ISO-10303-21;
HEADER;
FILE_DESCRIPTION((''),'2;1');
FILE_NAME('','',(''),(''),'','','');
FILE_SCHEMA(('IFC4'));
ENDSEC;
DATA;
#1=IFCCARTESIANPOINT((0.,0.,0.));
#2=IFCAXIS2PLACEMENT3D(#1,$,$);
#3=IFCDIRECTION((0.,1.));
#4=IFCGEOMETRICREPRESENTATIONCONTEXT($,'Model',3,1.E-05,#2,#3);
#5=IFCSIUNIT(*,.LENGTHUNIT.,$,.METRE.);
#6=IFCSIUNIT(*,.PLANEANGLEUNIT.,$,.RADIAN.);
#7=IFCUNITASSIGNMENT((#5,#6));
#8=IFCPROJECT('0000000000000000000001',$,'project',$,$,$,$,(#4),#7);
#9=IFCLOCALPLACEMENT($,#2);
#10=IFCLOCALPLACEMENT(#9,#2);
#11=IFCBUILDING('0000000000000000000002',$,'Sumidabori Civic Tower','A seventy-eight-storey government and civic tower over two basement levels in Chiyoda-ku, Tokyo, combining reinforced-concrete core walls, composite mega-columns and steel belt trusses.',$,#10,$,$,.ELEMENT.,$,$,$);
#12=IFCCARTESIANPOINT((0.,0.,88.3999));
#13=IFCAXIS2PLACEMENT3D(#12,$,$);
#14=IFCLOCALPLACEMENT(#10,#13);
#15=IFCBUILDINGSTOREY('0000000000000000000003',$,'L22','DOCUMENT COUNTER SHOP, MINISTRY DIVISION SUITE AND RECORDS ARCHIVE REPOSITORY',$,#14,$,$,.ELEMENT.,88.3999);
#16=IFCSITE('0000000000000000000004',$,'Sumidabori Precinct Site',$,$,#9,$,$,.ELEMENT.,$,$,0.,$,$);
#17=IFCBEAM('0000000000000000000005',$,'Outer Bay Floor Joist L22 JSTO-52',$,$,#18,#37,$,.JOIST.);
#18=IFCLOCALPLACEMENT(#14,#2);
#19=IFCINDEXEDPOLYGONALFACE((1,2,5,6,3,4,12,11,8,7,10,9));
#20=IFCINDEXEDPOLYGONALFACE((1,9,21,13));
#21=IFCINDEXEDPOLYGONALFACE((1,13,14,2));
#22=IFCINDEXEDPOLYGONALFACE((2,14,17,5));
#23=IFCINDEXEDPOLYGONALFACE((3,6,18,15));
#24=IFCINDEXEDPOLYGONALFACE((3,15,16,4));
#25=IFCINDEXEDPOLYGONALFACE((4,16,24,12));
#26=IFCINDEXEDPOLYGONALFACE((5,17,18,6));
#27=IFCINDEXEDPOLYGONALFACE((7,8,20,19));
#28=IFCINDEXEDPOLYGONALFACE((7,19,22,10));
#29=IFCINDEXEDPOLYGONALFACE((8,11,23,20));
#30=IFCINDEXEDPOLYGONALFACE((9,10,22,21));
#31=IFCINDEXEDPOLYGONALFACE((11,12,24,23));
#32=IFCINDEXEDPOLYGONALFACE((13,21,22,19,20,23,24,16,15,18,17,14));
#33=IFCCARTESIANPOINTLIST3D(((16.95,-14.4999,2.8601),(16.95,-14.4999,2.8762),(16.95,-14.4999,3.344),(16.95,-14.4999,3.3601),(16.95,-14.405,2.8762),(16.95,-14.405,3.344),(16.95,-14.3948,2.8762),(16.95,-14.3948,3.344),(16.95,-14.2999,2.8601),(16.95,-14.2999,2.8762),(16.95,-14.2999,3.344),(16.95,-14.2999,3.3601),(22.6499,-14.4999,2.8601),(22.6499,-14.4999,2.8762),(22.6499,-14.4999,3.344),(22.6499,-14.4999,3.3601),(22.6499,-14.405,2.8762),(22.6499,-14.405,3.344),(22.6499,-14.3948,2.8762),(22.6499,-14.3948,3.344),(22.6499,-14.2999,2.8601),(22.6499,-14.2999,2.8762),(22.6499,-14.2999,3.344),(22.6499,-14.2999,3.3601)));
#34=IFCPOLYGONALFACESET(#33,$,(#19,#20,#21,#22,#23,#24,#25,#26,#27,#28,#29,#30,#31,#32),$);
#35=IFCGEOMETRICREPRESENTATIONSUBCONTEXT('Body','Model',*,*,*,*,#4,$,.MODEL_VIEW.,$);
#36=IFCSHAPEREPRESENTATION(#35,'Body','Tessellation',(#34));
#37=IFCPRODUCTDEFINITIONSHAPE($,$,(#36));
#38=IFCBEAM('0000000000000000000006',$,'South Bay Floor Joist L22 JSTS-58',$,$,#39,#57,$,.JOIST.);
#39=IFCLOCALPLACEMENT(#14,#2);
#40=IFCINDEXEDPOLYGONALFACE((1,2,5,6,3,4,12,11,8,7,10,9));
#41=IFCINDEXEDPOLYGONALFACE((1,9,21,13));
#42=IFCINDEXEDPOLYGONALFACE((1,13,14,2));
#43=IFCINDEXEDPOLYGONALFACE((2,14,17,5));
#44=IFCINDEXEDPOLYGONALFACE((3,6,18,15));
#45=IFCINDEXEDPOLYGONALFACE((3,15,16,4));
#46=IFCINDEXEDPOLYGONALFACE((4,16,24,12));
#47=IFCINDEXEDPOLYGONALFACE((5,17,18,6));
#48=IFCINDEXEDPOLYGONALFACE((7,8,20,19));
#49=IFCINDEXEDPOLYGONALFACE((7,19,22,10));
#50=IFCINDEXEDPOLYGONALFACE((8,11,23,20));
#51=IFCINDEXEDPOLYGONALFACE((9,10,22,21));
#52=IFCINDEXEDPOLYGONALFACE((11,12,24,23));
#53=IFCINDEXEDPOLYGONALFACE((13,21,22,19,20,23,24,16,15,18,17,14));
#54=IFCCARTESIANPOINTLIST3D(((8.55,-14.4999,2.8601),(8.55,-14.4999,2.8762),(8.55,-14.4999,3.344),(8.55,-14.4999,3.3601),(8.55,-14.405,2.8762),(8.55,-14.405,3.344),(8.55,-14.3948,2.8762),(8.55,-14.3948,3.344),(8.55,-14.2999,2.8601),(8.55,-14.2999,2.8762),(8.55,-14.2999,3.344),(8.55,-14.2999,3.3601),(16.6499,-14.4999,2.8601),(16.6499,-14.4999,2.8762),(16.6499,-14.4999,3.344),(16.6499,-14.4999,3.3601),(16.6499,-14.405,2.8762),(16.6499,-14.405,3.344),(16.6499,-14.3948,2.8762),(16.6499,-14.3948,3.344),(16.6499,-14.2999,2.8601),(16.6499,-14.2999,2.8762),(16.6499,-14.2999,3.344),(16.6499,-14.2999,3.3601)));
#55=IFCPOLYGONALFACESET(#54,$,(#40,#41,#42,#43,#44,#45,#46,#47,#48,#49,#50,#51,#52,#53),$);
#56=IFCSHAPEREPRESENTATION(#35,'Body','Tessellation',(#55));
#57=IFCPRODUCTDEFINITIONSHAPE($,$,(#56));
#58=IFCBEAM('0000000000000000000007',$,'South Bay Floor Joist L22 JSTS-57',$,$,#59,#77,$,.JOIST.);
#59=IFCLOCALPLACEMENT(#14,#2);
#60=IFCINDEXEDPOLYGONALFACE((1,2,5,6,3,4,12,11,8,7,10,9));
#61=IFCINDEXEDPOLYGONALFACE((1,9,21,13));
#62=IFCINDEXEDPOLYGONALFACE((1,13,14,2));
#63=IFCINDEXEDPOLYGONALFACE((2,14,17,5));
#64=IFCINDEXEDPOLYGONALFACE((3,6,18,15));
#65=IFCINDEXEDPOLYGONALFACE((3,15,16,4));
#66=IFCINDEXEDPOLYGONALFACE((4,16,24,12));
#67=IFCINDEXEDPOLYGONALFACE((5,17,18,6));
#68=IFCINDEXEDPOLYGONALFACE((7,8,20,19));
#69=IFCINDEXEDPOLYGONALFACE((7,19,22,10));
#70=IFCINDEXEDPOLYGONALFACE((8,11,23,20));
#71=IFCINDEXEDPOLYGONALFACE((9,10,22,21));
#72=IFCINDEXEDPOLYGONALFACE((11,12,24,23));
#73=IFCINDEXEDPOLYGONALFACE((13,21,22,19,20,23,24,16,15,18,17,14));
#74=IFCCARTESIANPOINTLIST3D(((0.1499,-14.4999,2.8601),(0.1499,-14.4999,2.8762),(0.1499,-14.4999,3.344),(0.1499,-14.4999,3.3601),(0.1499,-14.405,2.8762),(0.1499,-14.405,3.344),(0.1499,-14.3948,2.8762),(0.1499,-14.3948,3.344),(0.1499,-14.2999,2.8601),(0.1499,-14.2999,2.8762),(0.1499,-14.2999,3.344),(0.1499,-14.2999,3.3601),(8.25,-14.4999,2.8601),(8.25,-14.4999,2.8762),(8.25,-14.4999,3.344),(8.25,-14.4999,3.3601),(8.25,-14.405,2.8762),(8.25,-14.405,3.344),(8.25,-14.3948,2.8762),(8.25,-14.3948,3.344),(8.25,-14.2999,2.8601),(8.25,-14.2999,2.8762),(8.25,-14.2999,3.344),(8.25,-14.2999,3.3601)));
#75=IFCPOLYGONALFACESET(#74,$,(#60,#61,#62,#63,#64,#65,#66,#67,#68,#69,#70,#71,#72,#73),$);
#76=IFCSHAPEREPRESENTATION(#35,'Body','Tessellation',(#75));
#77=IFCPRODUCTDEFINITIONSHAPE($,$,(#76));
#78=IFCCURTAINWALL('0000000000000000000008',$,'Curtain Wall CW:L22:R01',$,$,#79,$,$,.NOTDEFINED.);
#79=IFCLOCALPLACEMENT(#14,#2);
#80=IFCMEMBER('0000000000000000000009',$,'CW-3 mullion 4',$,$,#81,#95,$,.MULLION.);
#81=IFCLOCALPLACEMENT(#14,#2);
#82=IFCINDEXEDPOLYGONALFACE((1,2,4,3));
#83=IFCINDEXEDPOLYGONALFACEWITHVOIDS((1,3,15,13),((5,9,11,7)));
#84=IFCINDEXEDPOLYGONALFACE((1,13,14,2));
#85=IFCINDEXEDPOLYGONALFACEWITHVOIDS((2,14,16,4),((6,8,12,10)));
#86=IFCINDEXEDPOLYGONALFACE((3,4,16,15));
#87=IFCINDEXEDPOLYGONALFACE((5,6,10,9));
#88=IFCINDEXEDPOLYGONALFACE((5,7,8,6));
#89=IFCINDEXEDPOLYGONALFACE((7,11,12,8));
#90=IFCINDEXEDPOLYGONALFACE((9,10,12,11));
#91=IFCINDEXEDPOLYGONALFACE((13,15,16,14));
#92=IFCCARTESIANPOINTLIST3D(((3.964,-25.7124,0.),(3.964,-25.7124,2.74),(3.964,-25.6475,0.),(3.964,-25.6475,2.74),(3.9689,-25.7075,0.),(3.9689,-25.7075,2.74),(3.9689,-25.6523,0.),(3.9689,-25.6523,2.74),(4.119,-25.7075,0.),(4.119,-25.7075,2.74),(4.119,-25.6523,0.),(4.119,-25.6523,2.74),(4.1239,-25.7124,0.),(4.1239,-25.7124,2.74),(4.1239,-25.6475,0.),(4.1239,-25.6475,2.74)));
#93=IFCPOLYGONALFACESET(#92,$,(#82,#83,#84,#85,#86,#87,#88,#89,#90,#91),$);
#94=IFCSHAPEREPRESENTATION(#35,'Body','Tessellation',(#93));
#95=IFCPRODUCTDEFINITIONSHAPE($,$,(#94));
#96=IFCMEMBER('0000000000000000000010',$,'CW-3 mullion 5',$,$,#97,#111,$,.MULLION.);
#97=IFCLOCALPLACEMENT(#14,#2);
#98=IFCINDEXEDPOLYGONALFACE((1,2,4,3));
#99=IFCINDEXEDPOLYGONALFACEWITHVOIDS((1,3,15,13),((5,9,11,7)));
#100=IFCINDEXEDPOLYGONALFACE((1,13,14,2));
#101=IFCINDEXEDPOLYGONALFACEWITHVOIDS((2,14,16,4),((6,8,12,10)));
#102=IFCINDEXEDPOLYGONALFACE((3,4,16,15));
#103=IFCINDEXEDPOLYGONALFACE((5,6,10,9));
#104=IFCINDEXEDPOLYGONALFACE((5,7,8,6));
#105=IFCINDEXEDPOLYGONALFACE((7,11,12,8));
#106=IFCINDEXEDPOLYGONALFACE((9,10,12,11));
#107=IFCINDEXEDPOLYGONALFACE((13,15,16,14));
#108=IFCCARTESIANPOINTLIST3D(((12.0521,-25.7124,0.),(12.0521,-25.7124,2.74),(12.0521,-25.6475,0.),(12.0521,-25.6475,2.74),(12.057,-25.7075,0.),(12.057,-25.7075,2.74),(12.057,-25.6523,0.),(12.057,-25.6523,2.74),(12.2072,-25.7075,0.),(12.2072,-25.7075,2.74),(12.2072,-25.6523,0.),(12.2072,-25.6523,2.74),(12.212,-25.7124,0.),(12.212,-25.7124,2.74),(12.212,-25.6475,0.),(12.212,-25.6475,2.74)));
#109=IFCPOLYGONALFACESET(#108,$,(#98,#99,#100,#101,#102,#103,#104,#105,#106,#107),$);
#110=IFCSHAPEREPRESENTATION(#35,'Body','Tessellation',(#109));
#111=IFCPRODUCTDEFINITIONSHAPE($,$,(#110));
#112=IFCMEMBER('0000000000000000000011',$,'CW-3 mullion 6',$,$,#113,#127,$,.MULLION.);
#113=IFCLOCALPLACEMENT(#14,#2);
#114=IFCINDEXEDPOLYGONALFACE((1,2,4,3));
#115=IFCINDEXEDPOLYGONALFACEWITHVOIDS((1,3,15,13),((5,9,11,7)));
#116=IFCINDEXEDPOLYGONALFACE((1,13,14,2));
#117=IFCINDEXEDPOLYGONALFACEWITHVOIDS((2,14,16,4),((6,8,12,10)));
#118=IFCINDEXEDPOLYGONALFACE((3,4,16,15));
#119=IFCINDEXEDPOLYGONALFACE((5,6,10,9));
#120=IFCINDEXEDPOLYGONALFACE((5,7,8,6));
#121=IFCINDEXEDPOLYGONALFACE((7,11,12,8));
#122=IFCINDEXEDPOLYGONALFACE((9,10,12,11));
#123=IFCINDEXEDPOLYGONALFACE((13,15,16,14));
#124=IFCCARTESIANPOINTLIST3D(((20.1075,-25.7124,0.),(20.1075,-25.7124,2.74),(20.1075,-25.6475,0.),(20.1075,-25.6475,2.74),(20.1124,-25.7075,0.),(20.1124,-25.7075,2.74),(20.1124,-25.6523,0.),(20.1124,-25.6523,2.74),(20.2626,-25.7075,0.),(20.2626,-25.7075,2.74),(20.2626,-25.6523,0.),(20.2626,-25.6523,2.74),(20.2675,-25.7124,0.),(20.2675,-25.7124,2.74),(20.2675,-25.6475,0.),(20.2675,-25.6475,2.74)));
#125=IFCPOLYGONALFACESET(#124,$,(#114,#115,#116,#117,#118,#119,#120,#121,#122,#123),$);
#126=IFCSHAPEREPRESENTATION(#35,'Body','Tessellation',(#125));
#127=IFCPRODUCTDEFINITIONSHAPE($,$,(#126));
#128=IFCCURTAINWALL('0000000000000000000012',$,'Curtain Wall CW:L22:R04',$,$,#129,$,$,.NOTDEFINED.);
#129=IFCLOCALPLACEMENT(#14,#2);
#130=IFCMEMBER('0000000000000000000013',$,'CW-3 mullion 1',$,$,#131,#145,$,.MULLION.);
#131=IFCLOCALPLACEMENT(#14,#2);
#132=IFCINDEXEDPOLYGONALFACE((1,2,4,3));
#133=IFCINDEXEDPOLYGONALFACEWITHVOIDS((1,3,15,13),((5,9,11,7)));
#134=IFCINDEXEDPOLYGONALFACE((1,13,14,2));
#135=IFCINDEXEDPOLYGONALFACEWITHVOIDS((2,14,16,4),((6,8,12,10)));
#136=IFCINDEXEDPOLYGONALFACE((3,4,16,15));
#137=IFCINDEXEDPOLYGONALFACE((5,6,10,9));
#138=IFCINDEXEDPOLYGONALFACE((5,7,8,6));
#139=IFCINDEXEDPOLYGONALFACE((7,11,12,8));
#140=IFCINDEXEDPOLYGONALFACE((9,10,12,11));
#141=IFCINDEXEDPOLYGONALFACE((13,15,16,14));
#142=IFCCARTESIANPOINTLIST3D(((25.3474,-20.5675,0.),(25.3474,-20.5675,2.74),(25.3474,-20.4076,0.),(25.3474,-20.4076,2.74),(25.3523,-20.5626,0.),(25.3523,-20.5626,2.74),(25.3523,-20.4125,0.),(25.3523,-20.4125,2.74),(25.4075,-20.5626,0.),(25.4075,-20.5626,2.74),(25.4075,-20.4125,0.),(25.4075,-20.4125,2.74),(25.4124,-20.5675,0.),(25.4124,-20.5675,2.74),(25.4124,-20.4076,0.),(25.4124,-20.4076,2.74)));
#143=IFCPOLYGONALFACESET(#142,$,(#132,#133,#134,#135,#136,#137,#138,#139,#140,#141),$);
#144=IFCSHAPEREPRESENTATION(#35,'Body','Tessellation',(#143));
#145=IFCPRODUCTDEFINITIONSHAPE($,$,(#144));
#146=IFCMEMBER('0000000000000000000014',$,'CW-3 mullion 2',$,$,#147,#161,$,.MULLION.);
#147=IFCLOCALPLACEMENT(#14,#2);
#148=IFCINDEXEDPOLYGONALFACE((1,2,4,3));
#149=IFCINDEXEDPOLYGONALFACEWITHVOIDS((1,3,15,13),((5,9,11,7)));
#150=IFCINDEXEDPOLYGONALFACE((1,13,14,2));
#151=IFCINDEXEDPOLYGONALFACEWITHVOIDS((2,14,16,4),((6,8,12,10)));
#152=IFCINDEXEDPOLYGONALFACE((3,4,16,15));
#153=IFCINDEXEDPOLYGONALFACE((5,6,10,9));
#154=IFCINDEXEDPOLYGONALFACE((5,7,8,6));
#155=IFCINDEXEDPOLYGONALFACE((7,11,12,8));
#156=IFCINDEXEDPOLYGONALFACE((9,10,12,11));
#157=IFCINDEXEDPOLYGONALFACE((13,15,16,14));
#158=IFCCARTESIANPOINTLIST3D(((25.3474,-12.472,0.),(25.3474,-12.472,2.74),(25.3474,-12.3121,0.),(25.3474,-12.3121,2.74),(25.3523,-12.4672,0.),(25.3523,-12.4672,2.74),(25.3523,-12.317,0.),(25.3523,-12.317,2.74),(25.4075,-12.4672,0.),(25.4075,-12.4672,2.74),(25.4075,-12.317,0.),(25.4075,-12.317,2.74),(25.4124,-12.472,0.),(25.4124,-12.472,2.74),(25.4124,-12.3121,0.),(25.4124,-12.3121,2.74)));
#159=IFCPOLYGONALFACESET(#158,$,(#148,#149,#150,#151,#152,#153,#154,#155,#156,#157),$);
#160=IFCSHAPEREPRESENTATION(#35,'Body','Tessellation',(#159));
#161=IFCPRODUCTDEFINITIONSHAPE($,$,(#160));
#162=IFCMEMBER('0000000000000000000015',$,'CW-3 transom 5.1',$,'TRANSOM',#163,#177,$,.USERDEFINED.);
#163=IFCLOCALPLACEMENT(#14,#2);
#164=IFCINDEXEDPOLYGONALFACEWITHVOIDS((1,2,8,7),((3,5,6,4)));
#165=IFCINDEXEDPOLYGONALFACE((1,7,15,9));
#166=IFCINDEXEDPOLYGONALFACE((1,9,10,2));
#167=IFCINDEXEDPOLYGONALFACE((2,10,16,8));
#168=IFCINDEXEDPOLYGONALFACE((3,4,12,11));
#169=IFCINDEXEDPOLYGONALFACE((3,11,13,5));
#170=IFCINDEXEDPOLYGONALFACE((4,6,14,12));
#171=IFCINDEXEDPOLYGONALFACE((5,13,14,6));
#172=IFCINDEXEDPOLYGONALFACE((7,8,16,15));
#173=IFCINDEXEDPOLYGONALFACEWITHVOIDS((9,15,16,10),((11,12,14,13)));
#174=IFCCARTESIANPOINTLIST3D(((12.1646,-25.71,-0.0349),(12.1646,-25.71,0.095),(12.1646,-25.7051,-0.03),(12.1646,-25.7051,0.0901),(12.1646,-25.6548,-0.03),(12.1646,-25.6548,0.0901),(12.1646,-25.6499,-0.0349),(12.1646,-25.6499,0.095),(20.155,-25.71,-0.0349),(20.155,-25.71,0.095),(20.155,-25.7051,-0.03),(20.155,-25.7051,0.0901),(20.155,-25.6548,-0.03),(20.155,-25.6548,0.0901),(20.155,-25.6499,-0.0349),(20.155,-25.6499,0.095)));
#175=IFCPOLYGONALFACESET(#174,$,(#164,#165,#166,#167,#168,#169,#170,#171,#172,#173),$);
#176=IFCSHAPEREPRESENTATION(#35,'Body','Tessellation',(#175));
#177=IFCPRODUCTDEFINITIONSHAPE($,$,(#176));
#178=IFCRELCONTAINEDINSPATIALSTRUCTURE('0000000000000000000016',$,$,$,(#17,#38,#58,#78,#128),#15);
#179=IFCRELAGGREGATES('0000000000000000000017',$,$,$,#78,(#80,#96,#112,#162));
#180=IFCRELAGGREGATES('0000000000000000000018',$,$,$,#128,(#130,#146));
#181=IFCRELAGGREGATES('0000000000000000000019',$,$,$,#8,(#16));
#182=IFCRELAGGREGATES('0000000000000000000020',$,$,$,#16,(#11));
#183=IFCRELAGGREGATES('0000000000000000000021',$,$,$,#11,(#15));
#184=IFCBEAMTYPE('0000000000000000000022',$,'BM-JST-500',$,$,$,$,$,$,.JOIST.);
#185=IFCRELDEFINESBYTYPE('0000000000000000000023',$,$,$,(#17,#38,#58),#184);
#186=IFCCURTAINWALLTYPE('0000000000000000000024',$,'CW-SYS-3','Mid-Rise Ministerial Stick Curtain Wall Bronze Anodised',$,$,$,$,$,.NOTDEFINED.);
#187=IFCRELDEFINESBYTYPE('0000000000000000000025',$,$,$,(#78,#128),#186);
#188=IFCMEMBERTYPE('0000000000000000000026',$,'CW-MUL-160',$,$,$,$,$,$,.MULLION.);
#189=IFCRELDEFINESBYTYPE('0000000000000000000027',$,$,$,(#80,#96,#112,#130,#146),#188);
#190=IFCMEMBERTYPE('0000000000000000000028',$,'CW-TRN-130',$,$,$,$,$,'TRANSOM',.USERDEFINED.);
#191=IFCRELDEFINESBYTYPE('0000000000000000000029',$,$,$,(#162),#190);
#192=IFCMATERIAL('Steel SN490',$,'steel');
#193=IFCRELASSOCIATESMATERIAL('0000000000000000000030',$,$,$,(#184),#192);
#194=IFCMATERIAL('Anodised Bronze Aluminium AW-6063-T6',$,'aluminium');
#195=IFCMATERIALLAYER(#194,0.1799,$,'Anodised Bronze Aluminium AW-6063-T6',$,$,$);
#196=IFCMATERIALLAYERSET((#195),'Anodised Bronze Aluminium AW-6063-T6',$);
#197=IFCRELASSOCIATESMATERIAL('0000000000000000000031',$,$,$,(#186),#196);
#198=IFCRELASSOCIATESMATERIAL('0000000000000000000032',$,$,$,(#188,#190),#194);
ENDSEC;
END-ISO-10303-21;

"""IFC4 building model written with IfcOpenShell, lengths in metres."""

from ifc_helpers import new_model, si_unit, direction, frame, origin, origin_2d, place, context, subcontext, project, spatial, hollow_rectangle, i_section, extrude, source, transform, mapped, material, layer, layer_set, material_profile, profile_set, type_object, element, aggregate, save


model = new_model("IFC4")

# Units and contexts
model_context = context("Model", 3, precision=1e-05, world=origin(), true_north=direction((0.0, 1.0)))
body_context = subcontext(model_context, "Body", "Model", "MODEL_VIEW")
ifc_project = project(units=[si_unit("LENGTHUNIT", "METRE"), si_unit("PLANEANGLEUNIT", "RADIAN")], contexts=[model_context])

# Site, building, storey
site_placement = place(None, origin())
site = spatial("IfcSite", under=ifc_project, at=site_placement, Name="Sumidabori Precinct Site", CompositionType="ELEMENT", RefElevation=0.0)
building_placement = place(site_placement, origin())
building = spatial("IfcBuilding", under=site, at=building_placement, Name="Sumidabori Civic Tower", Description="A seventy-eight-storey government and civic tower over two basement levels in Chiyoda-ku, Tokyo, combining reinforced-concrete core walls, composite mega-columns and steel belt trusses.", CompositionType="ELEMENT")
storey_placement = place(building_placement, frame((0.0, 0.0, 88.3999)))
storey = spatial("IfcBuildingStorey", under=building, at=storey_placement, Name="L22", Description="DOCUMENT COUNTER SHOP, MINISTRY DIVISION SUITE AND RECORDS ARCHIVE REPOSITORY", CompositionType="ELEMENT", Elevation=88.3999)

# Beams
ifc_material_1 = material(Name="Steel SN490", Category="steel")
ifc_material_profile_1 = material_profile(ifc_material_1, i_section(OverallWidth=0.2, OverallDepth=0.5, WebThickness=0.0103, FlangeThickness=0.0161, at=origin_2d()), Name="IPE 500")
ifc_profile_set_1 = profile_set([ifc_material_profile_1], Name="Steel SN490")
beam_type_1 = type_object("IfcBeamType", Name="BM-JST-500", PredefinedType="JOIST", material=ifc_profile_set_1)
shared_shape_1 = source(origin(), body_context, "Body", "SweptSolid", [
    extrude(i_section(OverallWidth=0.2, OverallDepth=0.5, WebThickness=0.0103, FlangeThickness=0.0161, at=origin_2d()), origin(), (0.0, 0.0, 1.0), 5.7),
])
beam_1_placement = place(storey_placement, frame((16.95, -14.3999, 3.1101), z_axis=(1.0, 0.0, 0.0), x_axis=(0.0, 1.0, 0.0)))
element("IfcBeam", 1, at=beam_1_placement, inside=storey, type_object=beam_type_1, Name="Outer Bay Floor Joist L22 JSTO-52", PredefinedType="JOIST", context=body_context, shape_type="MappedRepresentation", body=[
    mapped(shared_shape_1, transform((0.0, 0.0, 0.0), x_axis=(1.0, 0.0, 0.0), y_axis=(0.0, 1.0, 0.0), z_axis=(0.0, 0.0, 1.0), scale=1.0)),
])
shared_shape_2 = source(origin(), body_context, "Body", "SweptSolid", [
    extrude(i_section(OverallWidth=0.2, OverallDepth=0.5, WebThickness=0.0103, FlangeThickness=0.0161, at=origin_2d()), origin(), (0.0, 0.0, 1.0), 8.0999),
])
beam_2_placement = place(storey_placement, frame((8.55, -14.3999, 3.1101), z_axis=(1.0, 0.0, 0.0), x_axis=(0.0, 1.0, 0.0)))
element("IfcBeam", 2, at=beam_2_placement, inside=storey, type_object=beam_type_1, Name="South Bay Floor Joist L22 JSTS-58", PredefinedType="JOIST", context=body_context, shape_type="MappedRepresentation", body=[
    mapped(shared_shape_2, transform((0.0, 0.0, 0.0), x_axis=(1.0, 0.0, 0.0), y_axis=(0.0, 1.0, 0.0), z_axis=(0.0, 0.0, 1.0), scale=1.0)),
])
shared_shape_3 = source(origin(), body_context, "Body", "SweptSolid", [
    extrude(i_section(OverallWidth=0.2, OverallDepth=0.5, WebThickness=0.0103, FlangeThickness=0.0161, at=origin_2d()), origin(), (0.0, 0.0, 1.0), 8.1001),
])
beam_3_placement = place(storey_placement, frame((0.1499, -14.3999, 3.1101), z_axis=(1.0, 0.0, 0.0), x_axis=(0.0, 1.0, 0.0)))
element("IfcBeam", 3, at=beam_3_placement, inside=storey, type_object=beam_type_1, Name="South Bay Floor Joist L22 JSTS-57", PredefinedType="JOIST", context=body_context, shape_type="MappedRepresentation", body=[
    mapped(shared_shape_3, transform((0.0, 0.0, 0.0), x_axis=(1.0, 0.0, 0.0), y_axis=(0.0, 1.0, 0.0), z_axis=(0.0, 0.0, 1.0), scale=1.0)),
])

# Curtain walls, members
ifc_material_2 = material(Name="Anodised Bronze Aluminium AW-6063-T6", Category="aluminium")
ifc_layer_1 = layer(ifc_material_2, 0.1799, Name="Anodised Bronze Aluminium AW-6063-T6")
ifc_layer_set_1 = layer_set([ifc_layer_1], Name="Anodised Bronze Aluminium AW-6063-T6")
curtain_wall_type = type_object("IfcCurtainWallType", Name="CW-SYS-3", Description="Mid-Rise Ministerial Stick Curtain Wall Bronze Anodised", PredefinedType="NOTDEFINED", material=ifc_layer_set_1)
curtain_wall_1_placement = place(storey_placement, origin())
curtain_wall_1 = element("IfcCurtainWall", 4, at=curtain_wall_1_placement, inside=storey, type_object=curtain_wall_type, Name="Curtain Wall CW:L22:R01", PredefinedType="NOTDEFINED")
ifc_material_profile_2 = material_profile(ifc_material_2, hollow_rectangle(XDim=0.0649, YDim=0.1599, WallThickness=0.0049, at=origin_2d()), Name="ALU MULLION 160x65")
ifc_profile_set_2 = profile_set([ifc_material_profile_2], Name="Anodised Bronze Aluminium AW-6063-T6")
member_type_1 = type_object("IfcMemberType", Name="CW-MUL-160", PredefinedType="MULLION", material=ifc_profile_set_2)
shared_shape_4 = source(origin(), body_context, "Body", "SweptSolid", [
    extrude(hollow_rectangle(XDim=0.0649, YDim=0.1599, WallThickness=0.0049, at=origin_2d()), origin(), (0.0, 0.0, 1.0), 2.74),
])
member_1_placement = place(storey_placement, frame((4.0439, -25.6799, 0.0), z_axis=(0.0, 0.0, 1.0), x_axis=(0.0, 1.0, 0.0)))
member_1 = element("IfcMember", 5, at=member_1_placement, type_object=member_type_1, Name="CW-3 mullion 4", PredefinedType="MULLION", context=body_context, shape_type="MappedRepresentation", body=[
    mapped(shared_shape_4, transform((0.0, 0.0, 0.0), x_axis=(1.0, 0.0, 0.0), y_axis=(0.0, 1.0, 0.0), z_axis=(0.0, 0.0, 1.0), scale=1.0)),
])
member_2_placement = place(storey_placement, frame((12.1321, -25.6799, 0.0), z_axis=(0.0, 0.0, 1.0), x_axis=(0.0, 1.0, 0.0)))
member_2 = element("IfcMember", 6, at=member_2_placement, type_object=member_type_1, Name="CW-3 mullion 5", PredefinedType="MULLION", context=body_context, shape_type="MappedRepresentation", body=[
    mapped(shared_shape_4, transform((0.0, 0.0, 0.0), x_axis=(1.0, 0.0, 0.0), y_axis=(0.0, 1.0, 0.0), z_axis=(0.0, 0.0, 1.0), scale=1.0)),
])
member_3_placement = place(storey_placement, frame((20.1875, -25.6799, 0.0), z_axis=(0.0, 0.0, 1.0), x_axis=(0.0, 1.0, 0.0)))
member_3 = element("IfcMember", 7, at=member_3_placement, type_object=member_type_1, Name="CW-3 mullion 6", PredefinedType="MULLION", context=body_context, shape_type="MappedRepresentation", body=[
    mapped(shared_shape_4, transform((0.0, 0.0, 0.0), x_axis=(1.0, 0.0, 0.0), y_axis=(0.0, 1.0, 0.0), z_axis=(0.0, 0.0, 1.0), scale=1.0)),
])
curtain_wall_2_placement = place(storey_placement, origin())
curtain_wall_2 = element("IfcCurtainWall", 8, at=curtain_wall_2_placement, inside=storey, type_object=curtain_wall_type, Name="Curtain Wall CW:L22:R04", PredefinedType="NOTDEFINED")
member_4_placement = place(storey_placement, frame((25.3799, -20.4875, 0.0), z_axis=(0.0, 0.0, 1.0), x_axis=(-1.0, 0.0, 0.0)))
member_4 = element("IfcMember", 9, at=member_4_placement, type_object=member_type_1, Name="CW-3 mullion 1", PredefinedType="MULLION", context=body_context, shape_type="MappedRepresentation", body=[
    mapped(shared_shape_4, transform((0.0, 0.0, 0.0), x_axis=(1.0, 0.0, 0.0), y_axis=(0.0, 1.0, 0.0), z_axis=(0.0, 0.0, 1.0), scale=1.0)),
])
member_5_placement = place(storey_placement, frame((25.3799, -12.3921, 0.0), z_axis=(0.0, 0.0, 1.0), x_axis=(-1.0, 0.0, 0.0)))
member_5 = element("IfcMember", 10, at=member_5_placement, type_object=member_type_1, Name="CW-3 mullion 2", PredefinedType="MULLION", context=body_context, shape_type="MappedRepresentation", body=[
    mapped(shared_shape_4, transform((0.0, 0.0, 0.0), x_axis=(1.0, 0.0, 0.0), y_axis=(0.0, 1.0, 0.0), z_axis=(0.0, 0.0, 1.0), scale=1.0)),
])

# Member
ifc_material_profile_3 = material_profile(ifc_material_2, hollow_rectangle(XDim=0.0601, YDim=0.1299, WallThickness=0.0049, at=origin_2d()), Name="ALU TRANSOM 130x60")
ifc_profile_set_3 = profile_set([ifc_material_profile_3], Name="Anodised Bronze Aluminium AW-6063-T6")
member_type_2 = type_object("IfcMemberType", Name="CW-TRN-130", ElementType="TRANSOM", PredefinedType="USERDEFINED", material=ifc_profile_set_3)
shared_shape_5 = source(origin(), body_context, "Body", "SweptSolid", [
    extrude(hollow_rectangle(XDim=0.0601, YDim=0.1299, WallThickness=0.0049, at=origin_2d()), origin(), (0.0, 0.0, 1.0), 7.9905),
])
member_6_placement = place(storey_placement, frame((12.1646, -25.6799, 0.03), z_axis=(1.0, 0.0, 0.0), x_axis=(0.0, 1.0, 0.0)))
member_6 = element("IfcMember", 11, at=member_6_placement, type_object=member_type_2, Name="CW-3 transom 5.1", ObjectType="TRANSOM", PredefinedType="USERDEFINED", context=body_context, shape_type="MappedRepresentation", body=[
    mapped(shared_shape_5, transform((0.0, 0.0, 0.0), x_axis=(1.0, 0.0, 0.0), y_axis=(0.0, 1.0, 0.0), z_axis=(0.0, 0.0, 1.0), scale=1.0)),
])

aggregate(curtain_wall_1, [member_1, member_2, member_3, member_6])
aggregate(curtain_wall_2, [member_4, member_5])

save(model, "model.ifc")
